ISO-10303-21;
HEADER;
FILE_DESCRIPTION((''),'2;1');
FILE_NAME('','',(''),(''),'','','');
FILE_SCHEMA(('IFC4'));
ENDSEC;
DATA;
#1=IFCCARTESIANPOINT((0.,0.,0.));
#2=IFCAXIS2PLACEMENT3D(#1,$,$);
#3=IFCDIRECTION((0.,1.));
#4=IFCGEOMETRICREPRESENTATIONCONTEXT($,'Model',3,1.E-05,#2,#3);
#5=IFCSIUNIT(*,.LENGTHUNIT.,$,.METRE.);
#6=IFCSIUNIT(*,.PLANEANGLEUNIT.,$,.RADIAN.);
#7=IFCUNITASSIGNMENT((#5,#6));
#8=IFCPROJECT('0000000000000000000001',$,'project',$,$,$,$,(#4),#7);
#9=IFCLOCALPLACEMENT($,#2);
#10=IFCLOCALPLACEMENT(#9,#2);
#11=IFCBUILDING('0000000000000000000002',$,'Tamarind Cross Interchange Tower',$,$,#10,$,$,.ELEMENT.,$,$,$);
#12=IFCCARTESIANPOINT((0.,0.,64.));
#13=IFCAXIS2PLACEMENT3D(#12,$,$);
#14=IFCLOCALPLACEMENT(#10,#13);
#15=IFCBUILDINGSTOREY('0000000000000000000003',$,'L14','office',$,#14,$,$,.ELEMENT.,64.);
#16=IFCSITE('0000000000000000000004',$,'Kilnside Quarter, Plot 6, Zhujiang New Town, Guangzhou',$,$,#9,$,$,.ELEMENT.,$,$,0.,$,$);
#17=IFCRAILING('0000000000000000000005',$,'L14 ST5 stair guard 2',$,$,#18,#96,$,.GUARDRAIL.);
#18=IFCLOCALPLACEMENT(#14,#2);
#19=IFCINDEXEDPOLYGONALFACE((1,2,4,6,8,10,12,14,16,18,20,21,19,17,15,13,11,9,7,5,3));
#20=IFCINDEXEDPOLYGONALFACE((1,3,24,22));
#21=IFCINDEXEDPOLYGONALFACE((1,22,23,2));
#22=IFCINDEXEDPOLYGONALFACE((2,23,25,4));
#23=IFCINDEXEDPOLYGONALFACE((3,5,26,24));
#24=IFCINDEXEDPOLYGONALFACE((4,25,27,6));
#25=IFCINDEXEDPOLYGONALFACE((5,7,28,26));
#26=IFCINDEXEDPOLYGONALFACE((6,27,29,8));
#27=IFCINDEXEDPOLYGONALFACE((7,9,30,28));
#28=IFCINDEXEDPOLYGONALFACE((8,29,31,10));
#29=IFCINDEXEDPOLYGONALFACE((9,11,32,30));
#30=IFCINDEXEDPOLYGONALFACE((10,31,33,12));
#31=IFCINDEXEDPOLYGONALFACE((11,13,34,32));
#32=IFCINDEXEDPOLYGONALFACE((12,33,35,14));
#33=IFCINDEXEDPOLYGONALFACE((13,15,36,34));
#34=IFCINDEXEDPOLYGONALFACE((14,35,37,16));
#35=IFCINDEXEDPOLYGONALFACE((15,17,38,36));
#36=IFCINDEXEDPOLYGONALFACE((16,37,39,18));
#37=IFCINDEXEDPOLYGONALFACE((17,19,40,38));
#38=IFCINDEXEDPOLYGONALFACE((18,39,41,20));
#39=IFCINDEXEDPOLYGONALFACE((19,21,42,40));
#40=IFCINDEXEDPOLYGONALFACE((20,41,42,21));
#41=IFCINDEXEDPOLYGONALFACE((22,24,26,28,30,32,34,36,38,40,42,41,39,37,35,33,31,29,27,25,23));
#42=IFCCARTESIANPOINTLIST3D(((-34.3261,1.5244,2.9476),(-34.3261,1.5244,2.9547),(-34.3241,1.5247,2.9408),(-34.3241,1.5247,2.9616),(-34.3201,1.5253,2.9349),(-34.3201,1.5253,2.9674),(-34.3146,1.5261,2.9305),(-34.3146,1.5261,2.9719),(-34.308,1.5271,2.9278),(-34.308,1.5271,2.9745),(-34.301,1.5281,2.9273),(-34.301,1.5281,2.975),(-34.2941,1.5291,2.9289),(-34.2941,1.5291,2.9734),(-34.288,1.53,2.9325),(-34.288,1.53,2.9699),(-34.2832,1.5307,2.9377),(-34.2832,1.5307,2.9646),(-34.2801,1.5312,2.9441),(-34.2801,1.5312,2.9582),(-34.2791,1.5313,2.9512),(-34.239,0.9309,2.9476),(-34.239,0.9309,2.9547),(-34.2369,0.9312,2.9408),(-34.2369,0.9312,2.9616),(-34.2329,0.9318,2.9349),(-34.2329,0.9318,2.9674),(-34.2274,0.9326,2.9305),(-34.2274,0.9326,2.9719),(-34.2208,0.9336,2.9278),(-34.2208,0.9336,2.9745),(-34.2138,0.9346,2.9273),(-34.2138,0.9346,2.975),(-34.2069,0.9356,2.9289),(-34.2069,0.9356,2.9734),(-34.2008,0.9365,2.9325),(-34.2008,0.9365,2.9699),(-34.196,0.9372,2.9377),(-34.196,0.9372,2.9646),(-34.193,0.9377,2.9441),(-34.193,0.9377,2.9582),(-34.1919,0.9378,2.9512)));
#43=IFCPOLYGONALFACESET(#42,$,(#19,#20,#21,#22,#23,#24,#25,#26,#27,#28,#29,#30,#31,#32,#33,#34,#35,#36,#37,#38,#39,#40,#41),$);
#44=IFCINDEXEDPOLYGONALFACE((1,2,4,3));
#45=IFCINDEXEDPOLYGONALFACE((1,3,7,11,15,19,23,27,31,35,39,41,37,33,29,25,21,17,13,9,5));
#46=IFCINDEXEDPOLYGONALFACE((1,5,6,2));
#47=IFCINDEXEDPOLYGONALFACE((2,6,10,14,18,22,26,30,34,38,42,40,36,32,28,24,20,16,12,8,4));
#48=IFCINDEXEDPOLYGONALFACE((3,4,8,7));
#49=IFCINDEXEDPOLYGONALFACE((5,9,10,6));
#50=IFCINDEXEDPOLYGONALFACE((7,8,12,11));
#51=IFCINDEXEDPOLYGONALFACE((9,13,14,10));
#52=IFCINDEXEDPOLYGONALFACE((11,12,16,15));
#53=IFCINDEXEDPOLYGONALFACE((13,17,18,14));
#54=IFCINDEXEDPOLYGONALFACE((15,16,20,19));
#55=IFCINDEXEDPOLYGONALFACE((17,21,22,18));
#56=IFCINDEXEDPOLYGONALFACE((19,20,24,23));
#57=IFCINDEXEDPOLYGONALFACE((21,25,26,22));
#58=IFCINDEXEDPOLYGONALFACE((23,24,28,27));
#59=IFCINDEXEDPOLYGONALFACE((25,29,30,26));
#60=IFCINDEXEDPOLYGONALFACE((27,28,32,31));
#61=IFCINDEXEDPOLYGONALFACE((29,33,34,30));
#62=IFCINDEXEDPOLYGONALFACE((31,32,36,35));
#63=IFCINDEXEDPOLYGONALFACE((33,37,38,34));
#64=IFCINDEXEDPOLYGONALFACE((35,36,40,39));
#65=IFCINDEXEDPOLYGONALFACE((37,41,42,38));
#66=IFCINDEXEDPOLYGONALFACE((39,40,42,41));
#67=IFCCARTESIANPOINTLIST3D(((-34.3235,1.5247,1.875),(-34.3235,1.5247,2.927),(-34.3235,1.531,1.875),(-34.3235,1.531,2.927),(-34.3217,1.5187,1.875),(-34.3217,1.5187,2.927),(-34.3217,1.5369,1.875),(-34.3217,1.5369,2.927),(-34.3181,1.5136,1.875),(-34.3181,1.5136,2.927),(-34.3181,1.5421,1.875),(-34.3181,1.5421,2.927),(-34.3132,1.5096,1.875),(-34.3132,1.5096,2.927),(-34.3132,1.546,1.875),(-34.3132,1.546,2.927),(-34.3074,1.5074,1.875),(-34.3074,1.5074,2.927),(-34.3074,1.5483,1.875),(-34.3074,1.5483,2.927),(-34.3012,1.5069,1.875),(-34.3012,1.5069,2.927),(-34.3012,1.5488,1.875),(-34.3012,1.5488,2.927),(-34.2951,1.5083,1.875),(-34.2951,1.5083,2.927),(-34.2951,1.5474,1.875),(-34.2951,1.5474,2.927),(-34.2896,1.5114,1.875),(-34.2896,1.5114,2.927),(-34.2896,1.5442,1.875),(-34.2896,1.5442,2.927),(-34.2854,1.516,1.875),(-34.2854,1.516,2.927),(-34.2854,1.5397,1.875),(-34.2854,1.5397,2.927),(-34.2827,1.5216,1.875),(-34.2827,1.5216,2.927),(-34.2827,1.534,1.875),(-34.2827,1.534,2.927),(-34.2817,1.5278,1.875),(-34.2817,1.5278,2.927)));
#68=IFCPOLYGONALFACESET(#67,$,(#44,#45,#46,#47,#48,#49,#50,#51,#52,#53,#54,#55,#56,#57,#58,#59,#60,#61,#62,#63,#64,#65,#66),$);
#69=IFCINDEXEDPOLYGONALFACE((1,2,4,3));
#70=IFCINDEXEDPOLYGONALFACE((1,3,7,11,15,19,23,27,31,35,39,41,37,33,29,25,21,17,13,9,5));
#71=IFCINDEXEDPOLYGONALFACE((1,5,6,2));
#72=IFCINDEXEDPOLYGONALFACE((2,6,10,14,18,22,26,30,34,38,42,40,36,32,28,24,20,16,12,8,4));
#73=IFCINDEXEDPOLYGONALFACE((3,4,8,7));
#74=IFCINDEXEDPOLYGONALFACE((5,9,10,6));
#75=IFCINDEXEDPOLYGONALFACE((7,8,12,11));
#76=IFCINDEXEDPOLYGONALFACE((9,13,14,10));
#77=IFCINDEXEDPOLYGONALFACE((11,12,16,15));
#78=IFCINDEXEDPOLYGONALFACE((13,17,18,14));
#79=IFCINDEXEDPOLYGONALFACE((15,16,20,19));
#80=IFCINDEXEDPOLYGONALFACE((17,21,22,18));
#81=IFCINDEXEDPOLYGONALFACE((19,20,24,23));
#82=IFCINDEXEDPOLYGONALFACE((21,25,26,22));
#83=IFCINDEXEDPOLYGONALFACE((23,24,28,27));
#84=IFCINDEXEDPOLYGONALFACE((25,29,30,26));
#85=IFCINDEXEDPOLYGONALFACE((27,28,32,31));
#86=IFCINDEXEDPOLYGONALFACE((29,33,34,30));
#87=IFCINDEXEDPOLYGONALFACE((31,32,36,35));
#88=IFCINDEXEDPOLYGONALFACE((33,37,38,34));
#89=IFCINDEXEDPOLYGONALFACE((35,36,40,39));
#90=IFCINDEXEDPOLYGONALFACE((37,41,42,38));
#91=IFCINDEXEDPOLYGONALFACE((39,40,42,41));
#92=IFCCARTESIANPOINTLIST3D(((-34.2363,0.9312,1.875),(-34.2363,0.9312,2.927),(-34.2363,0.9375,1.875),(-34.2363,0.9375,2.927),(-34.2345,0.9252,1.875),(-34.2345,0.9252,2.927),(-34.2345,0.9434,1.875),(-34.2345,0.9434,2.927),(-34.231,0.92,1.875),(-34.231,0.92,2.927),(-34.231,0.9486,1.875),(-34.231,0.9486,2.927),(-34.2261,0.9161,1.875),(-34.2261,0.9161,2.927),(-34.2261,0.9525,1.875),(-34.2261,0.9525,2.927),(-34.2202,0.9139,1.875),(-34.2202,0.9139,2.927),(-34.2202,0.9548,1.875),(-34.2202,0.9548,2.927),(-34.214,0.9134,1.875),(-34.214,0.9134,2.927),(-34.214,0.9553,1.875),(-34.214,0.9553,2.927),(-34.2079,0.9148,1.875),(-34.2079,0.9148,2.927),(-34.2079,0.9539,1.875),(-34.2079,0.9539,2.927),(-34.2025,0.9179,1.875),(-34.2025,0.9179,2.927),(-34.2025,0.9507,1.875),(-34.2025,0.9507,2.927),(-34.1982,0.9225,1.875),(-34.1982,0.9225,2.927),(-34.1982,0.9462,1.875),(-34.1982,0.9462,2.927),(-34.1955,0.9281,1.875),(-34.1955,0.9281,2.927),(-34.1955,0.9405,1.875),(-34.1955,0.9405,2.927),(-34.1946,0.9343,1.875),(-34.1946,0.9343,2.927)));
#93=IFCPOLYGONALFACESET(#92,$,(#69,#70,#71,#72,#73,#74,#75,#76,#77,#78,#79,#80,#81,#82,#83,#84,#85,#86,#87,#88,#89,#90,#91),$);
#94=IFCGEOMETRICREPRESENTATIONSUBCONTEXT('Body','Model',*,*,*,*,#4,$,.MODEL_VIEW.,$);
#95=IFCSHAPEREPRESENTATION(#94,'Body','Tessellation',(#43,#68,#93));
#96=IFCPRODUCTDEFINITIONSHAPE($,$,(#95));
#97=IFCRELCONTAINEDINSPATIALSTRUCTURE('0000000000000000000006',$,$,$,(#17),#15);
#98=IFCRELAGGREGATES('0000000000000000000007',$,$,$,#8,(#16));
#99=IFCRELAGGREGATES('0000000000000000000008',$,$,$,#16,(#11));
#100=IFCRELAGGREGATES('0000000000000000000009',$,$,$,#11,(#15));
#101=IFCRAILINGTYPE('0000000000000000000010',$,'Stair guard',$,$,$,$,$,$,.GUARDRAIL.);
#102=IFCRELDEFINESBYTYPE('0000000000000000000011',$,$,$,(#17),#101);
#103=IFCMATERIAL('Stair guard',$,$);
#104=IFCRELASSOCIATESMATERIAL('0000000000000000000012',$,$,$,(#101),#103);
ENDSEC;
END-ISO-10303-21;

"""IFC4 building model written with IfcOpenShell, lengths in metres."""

from ifc_helpers import new_model, si_unit, direction, frame, origin, origin_2d, place, context, subcontext, project, spatial, circle, extrude, material, type_object, element, save


model = new_model("IFC4")

# Units and contexts
model_context = context("Model", 3, precision=1e-05, world=origin(), true_north=direction((0.0, 1.0)))
body_context = subcontext(model_context, "Body", "Model", "MODEL_VIEW")
ifc_project = project(units=[si_unit("LENGTHUNIT", "METRE"), si_unit("PLANEANGLEUNIT", "RADIAN")], contexts=[model_context])

# Site, building, storey
site_placement = place(None, origin())
site = spatial("IfcSite", under=ifc_project, at=site_placement, Name="Kilnside Quarter, Plot 6, Zhujiang New Town, Guangzhou", CompositionType="ELEMENT", RefElevation=0.0)
building_placement = place(site_placement, origin())
building = spatial("IfcBuilding", under=site, at=building_placement, Name="Tamarind Cross Interchange Tower", CompositionType="ELEMENT")
storey_placement = place(building_placement, frame((0.0, 0.0, 64.0)))
storey = spatial("IfcBuildingStorey", under=building, at=storey_placement, Name="L14", Description="office", CompositionType="ELEMENT", Elevation=64.0)

# Railing
ifc_material_1 = material(Name="Stair guard")
railing_type_1 = type_object("IfcRailingType", Name="Stair guard", PredefinedType="GUARDRAIL", material=ifc_material_1)
railing_1_placement = place(storey_placement, frame((-34.3027, 1.5278, 1.875)))
element("IfcRailing", 1, at=railing_1_placement, inside=storey, type_object=railing_type_1, Name="L14 ST5 stair guard 2", PredefinedType="GUARDRAIL", context=body_context, shape_type="SweptSolid", body=[
    extrude(circle(Radius=0.0239, at=origin_2d()), frame((0.0, 0.0, 1.0762), z_axis=(0.145295, -0.989388, 0.0), x_axis=(0.989388, 0.145295, 0.0)), (0.0, 0.0, 1.0), 0.5999),
    extrude(circle(Radius=0.021, at=origin_2d()), origin(), (0.0, 0.0, 1.0), 1.052),
    extrude(circle(Radius=0.021, at=origin_2d()), frame((0.0872, -0.5935, 0.0)), (0.0, 0.0, 1.0), 1.052),
])

save(model, "model.ifc")
